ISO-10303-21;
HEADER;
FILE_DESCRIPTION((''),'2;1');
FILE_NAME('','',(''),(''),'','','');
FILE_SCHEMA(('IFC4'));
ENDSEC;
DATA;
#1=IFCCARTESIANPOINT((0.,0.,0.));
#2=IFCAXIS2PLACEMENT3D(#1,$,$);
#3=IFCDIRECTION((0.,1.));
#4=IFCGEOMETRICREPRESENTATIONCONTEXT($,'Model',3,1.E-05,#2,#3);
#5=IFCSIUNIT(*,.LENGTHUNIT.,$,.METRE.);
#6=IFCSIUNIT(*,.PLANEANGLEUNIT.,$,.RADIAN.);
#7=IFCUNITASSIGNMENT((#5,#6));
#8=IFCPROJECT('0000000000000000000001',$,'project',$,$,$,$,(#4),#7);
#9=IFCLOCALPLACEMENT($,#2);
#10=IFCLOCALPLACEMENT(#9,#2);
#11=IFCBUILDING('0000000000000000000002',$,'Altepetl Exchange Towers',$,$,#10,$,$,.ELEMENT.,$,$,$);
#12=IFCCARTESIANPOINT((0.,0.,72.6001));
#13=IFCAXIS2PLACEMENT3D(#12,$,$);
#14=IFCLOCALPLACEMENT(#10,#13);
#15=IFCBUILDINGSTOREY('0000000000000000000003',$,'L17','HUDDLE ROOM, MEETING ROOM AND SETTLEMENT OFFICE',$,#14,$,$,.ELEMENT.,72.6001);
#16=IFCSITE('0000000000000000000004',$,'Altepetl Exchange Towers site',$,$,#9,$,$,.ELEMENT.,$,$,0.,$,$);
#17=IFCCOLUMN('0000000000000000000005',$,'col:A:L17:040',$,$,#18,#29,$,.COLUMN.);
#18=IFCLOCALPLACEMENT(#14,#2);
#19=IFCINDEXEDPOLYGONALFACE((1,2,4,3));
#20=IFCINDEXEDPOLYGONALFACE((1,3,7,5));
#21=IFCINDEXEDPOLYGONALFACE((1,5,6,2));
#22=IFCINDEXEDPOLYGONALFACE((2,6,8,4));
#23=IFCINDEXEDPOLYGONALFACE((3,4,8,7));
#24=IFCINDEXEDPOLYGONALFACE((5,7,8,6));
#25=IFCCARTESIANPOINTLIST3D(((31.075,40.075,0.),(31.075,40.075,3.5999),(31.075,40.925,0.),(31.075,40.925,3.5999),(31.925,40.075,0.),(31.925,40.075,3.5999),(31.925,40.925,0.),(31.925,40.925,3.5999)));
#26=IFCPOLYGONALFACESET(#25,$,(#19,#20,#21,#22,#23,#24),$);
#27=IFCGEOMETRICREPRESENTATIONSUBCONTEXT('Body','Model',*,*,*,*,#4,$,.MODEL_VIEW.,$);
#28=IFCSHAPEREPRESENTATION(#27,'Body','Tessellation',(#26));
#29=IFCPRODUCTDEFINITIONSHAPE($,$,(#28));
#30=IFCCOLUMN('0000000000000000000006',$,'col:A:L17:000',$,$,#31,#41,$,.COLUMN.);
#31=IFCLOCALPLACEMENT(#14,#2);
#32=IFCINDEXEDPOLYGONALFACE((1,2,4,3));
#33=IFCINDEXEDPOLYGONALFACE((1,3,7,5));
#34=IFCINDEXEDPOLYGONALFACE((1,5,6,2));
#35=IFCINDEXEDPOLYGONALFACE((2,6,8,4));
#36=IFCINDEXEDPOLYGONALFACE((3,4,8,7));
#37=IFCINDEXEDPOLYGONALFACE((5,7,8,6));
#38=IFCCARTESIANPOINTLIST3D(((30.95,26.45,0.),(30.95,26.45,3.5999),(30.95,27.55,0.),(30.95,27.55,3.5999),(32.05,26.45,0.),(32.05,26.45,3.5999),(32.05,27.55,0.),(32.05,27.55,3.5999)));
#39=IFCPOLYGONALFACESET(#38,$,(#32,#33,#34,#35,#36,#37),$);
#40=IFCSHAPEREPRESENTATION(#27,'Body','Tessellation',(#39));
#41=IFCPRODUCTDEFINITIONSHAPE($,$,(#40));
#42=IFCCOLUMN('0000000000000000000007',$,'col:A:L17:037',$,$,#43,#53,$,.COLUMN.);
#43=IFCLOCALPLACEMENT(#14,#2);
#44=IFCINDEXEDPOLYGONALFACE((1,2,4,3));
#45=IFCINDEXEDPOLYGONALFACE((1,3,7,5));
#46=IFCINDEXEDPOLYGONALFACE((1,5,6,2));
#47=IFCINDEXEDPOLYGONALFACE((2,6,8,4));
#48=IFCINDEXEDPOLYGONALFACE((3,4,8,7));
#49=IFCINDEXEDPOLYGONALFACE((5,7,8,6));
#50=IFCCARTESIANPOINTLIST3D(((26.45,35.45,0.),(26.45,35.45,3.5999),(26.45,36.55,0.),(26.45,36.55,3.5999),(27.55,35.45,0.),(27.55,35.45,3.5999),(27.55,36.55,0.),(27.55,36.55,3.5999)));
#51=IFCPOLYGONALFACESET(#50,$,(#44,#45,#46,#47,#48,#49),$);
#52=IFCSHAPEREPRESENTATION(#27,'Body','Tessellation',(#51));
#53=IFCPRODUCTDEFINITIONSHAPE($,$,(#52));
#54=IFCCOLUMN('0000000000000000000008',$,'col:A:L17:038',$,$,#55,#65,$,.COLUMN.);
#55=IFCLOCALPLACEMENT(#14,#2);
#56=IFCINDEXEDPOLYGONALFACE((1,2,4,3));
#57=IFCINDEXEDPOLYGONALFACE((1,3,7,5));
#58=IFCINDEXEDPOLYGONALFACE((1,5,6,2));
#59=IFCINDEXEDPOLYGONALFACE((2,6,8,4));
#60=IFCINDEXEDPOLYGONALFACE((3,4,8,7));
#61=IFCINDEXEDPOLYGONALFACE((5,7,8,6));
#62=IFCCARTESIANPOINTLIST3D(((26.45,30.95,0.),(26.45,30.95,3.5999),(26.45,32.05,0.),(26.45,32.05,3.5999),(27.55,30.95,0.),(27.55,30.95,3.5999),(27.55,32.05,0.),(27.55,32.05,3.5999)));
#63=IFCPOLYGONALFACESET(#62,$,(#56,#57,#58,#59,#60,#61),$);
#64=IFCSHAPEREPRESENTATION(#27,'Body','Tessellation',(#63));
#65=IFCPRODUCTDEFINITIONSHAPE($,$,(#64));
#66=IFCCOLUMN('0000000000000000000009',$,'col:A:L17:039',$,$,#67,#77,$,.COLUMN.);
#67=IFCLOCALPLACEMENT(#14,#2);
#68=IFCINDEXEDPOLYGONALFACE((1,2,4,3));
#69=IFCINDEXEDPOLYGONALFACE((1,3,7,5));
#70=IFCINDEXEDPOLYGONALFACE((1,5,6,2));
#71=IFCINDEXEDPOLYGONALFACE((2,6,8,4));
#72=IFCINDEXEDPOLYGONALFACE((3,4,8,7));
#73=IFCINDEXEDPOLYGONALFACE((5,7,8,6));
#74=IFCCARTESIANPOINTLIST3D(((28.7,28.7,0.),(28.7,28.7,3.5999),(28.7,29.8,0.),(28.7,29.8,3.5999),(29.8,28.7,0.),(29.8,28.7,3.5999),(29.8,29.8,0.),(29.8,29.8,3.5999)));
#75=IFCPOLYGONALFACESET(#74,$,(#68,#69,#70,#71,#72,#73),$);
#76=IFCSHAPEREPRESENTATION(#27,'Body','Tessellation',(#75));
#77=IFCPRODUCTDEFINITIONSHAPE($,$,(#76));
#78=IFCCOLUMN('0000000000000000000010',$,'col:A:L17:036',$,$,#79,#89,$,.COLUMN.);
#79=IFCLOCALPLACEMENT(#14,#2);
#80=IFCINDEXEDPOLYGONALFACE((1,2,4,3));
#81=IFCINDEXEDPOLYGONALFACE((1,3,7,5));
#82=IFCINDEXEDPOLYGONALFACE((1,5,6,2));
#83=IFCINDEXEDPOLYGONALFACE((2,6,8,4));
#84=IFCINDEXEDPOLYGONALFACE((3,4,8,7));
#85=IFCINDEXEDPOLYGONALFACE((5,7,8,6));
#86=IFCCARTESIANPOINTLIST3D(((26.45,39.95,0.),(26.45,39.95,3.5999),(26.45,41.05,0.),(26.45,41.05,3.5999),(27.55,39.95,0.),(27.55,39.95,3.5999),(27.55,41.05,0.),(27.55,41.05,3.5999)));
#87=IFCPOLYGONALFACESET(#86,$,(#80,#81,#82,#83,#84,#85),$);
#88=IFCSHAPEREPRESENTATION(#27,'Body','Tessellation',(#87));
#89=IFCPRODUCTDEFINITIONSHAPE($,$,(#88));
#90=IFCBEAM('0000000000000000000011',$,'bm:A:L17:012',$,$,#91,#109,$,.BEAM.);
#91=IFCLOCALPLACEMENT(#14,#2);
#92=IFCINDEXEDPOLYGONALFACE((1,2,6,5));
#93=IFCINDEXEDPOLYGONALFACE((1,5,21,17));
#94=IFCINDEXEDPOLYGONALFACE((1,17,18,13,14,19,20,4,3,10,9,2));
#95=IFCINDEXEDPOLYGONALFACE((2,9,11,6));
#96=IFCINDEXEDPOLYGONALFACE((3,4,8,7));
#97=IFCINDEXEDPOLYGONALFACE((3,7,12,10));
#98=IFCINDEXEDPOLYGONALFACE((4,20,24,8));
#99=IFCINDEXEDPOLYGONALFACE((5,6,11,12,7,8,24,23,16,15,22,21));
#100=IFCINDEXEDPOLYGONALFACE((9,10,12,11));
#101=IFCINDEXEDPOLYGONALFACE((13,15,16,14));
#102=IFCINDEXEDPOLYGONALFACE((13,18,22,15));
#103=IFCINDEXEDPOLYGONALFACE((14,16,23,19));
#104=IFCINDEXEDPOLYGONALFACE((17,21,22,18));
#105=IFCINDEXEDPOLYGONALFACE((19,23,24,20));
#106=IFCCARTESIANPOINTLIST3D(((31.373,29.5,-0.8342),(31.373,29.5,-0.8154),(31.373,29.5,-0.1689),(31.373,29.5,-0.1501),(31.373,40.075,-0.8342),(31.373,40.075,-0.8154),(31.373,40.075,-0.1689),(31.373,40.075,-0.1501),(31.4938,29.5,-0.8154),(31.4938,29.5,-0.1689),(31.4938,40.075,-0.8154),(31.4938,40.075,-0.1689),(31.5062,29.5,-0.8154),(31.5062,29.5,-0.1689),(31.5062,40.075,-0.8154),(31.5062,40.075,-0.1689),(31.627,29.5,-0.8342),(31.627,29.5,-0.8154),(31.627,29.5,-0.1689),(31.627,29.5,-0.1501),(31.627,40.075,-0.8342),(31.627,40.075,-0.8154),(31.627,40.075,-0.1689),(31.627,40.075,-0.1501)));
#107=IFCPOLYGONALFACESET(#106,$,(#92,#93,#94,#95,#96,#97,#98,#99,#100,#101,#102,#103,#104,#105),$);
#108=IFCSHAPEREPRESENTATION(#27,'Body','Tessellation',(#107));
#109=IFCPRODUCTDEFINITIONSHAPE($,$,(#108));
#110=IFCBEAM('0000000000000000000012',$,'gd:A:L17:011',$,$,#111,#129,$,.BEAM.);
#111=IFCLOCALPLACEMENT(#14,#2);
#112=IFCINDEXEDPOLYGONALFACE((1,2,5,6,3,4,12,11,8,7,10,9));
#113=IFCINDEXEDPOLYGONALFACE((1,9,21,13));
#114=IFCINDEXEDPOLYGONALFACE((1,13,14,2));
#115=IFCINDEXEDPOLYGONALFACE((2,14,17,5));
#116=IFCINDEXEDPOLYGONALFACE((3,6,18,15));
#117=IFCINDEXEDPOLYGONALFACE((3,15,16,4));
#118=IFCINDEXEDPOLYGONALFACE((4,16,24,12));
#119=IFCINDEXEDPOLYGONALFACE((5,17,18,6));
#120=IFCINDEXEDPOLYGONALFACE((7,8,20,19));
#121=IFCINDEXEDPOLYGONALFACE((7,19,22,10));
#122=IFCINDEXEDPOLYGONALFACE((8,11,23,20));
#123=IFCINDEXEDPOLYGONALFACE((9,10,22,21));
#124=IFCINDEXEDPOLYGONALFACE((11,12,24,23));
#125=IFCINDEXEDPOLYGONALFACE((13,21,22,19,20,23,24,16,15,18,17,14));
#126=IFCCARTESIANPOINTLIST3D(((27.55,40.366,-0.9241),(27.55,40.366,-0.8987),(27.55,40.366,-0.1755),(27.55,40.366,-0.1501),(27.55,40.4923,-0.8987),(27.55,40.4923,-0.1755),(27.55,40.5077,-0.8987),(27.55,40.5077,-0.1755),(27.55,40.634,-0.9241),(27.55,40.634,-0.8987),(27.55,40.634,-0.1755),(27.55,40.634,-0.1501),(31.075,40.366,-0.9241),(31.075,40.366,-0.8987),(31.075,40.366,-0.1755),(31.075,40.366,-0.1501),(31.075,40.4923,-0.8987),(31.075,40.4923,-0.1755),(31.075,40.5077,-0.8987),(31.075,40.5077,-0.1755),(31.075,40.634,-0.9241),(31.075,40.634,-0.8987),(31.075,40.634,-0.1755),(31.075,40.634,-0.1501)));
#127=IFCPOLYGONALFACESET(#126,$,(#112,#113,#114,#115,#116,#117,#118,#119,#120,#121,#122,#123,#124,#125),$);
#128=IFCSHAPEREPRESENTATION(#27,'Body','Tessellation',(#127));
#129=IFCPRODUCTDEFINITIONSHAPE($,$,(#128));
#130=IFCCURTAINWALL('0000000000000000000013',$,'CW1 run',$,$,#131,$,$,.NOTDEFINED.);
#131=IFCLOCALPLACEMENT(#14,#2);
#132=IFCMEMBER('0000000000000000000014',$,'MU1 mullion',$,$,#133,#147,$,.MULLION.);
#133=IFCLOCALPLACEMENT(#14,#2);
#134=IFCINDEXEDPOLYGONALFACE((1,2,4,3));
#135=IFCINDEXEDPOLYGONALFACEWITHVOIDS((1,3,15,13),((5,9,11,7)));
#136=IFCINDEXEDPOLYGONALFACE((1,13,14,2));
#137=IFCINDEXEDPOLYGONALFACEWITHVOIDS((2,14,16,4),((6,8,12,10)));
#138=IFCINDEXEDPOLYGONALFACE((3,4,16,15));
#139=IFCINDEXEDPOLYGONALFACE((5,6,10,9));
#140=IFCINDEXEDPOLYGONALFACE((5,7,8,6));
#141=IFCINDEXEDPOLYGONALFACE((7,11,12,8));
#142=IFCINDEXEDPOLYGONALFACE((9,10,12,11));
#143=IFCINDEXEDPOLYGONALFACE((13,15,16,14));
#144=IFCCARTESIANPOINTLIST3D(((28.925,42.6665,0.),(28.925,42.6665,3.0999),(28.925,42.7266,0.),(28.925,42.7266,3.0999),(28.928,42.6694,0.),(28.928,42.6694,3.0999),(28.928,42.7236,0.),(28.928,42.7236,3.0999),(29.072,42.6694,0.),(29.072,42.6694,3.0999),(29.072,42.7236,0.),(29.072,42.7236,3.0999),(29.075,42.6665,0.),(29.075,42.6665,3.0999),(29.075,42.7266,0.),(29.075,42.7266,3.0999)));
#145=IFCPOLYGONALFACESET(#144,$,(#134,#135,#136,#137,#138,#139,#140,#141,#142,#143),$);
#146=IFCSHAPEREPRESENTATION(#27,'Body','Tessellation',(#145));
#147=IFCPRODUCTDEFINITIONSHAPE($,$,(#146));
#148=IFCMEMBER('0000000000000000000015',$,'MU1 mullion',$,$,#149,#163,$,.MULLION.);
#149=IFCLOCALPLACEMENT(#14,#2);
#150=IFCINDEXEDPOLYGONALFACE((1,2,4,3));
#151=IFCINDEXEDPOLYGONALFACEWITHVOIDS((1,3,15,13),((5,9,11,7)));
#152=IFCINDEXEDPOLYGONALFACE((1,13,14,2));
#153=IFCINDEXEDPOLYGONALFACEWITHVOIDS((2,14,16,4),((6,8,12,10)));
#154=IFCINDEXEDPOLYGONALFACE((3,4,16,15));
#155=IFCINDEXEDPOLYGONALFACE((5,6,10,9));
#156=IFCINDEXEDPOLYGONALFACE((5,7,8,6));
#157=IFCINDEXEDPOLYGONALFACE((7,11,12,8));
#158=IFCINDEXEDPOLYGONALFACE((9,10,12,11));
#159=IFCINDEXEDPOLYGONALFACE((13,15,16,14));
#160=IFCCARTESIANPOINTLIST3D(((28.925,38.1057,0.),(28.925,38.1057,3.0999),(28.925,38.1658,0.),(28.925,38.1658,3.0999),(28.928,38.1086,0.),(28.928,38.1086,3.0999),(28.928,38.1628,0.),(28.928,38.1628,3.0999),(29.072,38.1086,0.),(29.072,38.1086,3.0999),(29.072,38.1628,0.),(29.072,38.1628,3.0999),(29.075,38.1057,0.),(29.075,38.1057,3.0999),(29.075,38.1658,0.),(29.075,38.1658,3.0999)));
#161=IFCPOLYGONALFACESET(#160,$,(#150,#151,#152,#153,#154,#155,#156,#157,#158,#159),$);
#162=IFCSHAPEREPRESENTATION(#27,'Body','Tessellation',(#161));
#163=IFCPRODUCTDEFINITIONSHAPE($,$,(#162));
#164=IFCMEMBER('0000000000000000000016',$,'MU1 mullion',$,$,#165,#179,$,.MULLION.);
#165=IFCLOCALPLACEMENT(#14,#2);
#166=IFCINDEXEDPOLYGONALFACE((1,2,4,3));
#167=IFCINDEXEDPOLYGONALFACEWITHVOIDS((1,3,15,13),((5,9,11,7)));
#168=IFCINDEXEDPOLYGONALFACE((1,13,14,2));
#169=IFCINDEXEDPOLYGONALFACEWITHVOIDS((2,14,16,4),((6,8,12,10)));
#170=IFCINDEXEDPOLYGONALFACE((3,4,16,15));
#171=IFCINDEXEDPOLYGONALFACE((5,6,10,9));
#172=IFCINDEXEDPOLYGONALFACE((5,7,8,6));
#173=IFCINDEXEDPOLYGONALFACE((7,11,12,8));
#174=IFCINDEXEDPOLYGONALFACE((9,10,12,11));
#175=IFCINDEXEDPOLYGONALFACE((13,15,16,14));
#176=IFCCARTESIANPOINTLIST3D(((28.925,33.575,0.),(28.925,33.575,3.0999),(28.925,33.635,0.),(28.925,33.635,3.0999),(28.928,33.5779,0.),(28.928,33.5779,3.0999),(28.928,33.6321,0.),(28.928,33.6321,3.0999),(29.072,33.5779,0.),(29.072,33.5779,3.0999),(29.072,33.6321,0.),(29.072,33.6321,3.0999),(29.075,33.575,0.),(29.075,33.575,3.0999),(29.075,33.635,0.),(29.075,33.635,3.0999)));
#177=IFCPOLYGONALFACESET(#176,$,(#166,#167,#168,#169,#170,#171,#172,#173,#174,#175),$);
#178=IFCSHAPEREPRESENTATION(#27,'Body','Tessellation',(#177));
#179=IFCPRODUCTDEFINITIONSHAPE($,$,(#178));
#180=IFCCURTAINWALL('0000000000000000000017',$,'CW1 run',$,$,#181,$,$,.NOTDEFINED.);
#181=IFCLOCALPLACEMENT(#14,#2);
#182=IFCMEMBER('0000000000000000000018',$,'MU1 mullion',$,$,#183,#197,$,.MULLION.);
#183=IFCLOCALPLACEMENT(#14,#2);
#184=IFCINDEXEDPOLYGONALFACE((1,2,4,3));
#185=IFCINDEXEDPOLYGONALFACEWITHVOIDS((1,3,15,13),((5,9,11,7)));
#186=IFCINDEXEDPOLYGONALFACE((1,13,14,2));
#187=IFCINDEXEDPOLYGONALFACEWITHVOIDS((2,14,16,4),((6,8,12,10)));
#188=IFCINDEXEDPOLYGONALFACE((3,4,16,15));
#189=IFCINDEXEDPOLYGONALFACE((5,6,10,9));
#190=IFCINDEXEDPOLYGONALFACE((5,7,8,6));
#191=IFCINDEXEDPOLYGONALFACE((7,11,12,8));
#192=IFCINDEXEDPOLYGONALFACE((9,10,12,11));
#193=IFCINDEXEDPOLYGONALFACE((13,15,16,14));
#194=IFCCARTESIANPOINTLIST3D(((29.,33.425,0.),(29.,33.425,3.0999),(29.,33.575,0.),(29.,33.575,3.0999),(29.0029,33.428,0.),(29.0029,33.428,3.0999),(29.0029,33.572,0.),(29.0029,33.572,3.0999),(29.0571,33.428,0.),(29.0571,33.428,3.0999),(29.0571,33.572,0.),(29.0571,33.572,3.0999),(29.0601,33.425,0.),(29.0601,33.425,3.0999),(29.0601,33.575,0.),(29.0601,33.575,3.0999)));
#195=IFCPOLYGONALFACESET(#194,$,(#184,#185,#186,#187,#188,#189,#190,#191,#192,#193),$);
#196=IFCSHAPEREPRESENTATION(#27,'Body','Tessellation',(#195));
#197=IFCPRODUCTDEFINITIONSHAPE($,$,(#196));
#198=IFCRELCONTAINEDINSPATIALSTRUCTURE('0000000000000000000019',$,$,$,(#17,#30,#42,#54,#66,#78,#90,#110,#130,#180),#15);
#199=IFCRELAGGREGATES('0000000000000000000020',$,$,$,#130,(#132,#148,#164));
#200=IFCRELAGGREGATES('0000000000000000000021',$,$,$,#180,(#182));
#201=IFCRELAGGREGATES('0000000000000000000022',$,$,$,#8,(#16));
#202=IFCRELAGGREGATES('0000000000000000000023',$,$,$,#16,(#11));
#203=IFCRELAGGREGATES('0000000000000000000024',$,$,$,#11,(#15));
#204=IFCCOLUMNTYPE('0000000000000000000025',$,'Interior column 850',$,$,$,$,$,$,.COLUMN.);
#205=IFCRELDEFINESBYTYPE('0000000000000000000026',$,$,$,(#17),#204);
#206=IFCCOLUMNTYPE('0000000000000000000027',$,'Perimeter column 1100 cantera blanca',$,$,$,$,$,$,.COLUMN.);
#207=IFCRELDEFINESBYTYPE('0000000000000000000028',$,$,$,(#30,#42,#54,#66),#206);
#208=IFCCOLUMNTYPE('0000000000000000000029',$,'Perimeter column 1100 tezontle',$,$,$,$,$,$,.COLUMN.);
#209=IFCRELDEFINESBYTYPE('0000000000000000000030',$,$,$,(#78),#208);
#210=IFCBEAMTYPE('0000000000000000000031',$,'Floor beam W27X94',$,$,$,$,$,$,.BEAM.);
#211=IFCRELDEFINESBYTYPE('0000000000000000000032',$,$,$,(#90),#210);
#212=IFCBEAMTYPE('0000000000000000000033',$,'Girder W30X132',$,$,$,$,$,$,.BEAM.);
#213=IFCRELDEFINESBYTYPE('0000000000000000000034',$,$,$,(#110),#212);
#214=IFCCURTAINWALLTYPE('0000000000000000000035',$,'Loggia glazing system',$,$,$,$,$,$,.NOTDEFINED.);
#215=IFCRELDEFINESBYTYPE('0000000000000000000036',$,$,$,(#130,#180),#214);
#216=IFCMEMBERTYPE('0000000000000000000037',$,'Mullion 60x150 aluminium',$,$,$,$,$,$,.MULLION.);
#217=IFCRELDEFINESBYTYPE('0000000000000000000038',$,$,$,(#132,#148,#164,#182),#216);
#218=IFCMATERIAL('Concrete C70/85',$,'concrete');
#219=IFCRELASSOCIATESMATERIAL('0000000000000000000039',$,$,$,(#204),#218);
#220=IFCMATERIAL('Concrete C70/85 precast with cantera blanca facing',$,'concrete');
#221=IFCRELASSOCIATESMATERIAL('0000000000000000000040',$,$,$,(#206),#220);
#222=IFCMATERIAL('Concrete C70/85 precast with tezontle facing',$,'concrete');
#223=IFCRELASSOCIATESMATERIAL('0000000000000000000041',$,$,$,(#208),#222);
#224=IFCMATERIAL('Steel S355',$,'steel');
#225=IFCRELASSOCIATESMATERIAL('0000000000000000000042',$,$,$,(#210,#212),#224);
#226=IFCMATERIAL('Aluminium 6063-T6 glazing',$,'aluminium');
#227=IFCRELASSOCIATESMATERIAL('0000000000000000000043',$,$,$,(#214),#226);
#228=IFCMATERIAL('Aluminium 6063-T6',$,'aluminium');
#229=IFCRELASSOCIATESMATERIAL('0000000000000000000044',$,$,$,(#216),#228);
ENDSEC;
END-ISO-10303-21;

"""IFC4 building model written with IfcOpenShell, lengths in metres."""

from ifc_helpers import new_model, si_unit, direction, frame, origin, origin_2d, place, context, subcontext, project, spatial, rectangle, hollow_rectangle, i_section, extrude, material, material_profile, profile_set, type_object, element, aggregate, save


model = new_model("IFC4")

# Units and contexts
model_context = context("Model", 3, precision=1e-05, world=origin(), true_north=direction((0.0, 1.0)))
body_context = subcontext(model_context, "Body", "Model", "MODEL_VIEW")
ifc_project = project(units=[si_unit("LENGTHUNIT", "METRE"), si_unit("PLANEANGLEUNIT", "RADIAN")], contexts=[model_context])

# Site, building, storey
site_placement = place(None, origin())
site = spatial("IfcSite", under=ifc_project, at=site_placement, Name="Altepetl Exchange Towers site", CompositionType="ELEMENT", RefElevation=0.0)
building_placement = place(site_placement, origin())
building = spatial("IfcBuilding", under=site, at=building_placement, Name="Altepetl Exchange Towers", CompositionType="ELEMENT")
storey_placement = place(building_placement, frame((0.0, 0.0, 72.6001)))
storey = spatial("IfcBuildingStorey", under=building, at=storey_placement, Name="L17", Description="HUDDLE ROOM, MEETING ROOM AND SETTLEMENT OFFICE", CompositionType="ELEMENT", Elevation=72.6001)

# Columns
ifc_material_1 = material(Name="Concrete C70/85", Category="concrete")
ifc_material_profile_1 = material_profile(ifc_material_1, rectangle(XDim=0.8501, YDim=0.8501, at=origin_2d()), Name="850 x 850")
ifc_profile_set_1 = profile_set([ifc_material_profile_1], Name="Concrete C70/85")
column_type_1 = type_object("IfcColumnType", Name="Interior column 850", PredefinedType="COLUMN", material=ifc_profile_set_1)
column_1_placement = place(storey_placement, frame((31.5, 40.5, 0.0)))
element("IfcColumn", 1, at=column_1_placement, inside=storey, type_object=column_type_1, Name="col:A:L17:040", PredefinedType="COLUMN", context=body_context, shape_type="SweptSolid", body=[
    extrude(rectangle(XDim=0.8501, YDim=0.8501, at=origin_2d()), origin(), (0.0, 0.0, 1.0), 3.5999),
])
ifc_material_2 = material(Name="Concrete C70/85 precast with cantera blanca facing", Category="concrete")
ifc_material_profile_2 = material_profile(ifc_material_2, rectangle(XDim=1.1001, YDim=1.1001, at=origin_2d()), Name="1100 x 1100")
ifc_profile_set_2 = profile_set([ifc_material_profile_2], Name="Concrete C70/85 precast with cantera blanca facing")
column_type_2 = type_object("IfcColumnType", Name="Perimeter column 1100 cantera blanca", PredefinedType="COLUMN", material=ifc_profile_set_2)
for number, where, name in (
    (2, (31.5, 27.0, 0.0), "col:A:L17:000"),
    (3, (27.0, 36.0, 0.0), "col:A:L17:037"),
    (4, (27.0, 31.5, 0.0), "col:A:L17:038"),
    (5, (29.25, 29.25, 0.0), "col:A:L17:039"),
):
    element("IfcColumn", number, at=place(storey_placement, frame(where)), inside=storey, type_object=column_type_2, Name=name, PredefinedType="COLUMN", context=body_context, shape_type="SweptSolid", body=[
        extrude(rectangle(XDim=1.1001, YDim=1.1001, at=origin_2d()), origin(), (0.0, 0.0, 1.0), 3.5999),
    ])
ifc_material_3 = material(Name="Concrete C70/85 precast with tezontle facing", Category="concrete")
ifc_material_profile_3 = material_profile(ifc_material_3, rectangle(XDim=1.1001, YDim=1.1001, at=origin_2d()), Name="1100 x 1100")
ifc_profile_set_3 = profile_set([ifc_material_profile_3], Name="Concrete C70/85 precast with tezontle facing")
column_type_3 = type_object("IfcColumnType", Name="Perimeter column 1100 tezontle", PredefinedType="COLUMN", material=ifc_profile_set_3)
column_2_placement = place(storey_placement, frame((27.0, 40.5, 0.0)))
element("IfcColumn", 6, at=column_2_placement, inside=storey, type_object=column_type_3, Name="col:A:L17:036", PredefinedType="COLUMN", context=body_context, shape_type="SweptSolid", body=[
    extrude(rectangle(XDim=1.1001, YDim=1.1001, at=origin_2d()), origin(), (0.0, 0.0, 1.0), 3.5999),
])

# Beams
ifc_material_4 = material(Name="Steel S355", Category="steel")
ifc_material_profile_4 = material_profile(ifc_material_4, i_section(OverallWidth=0.2539, OverallDepth=0.6841, WebThickness=0.0125, FlangeThickness=0.0188, at=origin_2d()), Name="W27X94")
ifc_profile_set_4 = profile_set([ifc_material_profile_4], Name="Steel S355")
beam_type_1 = type_object("IfcBeamType", Name="Floor beam W27X94", PredefinedType="BEAM", material=ifc_profile_set_4)
beam_1_placement = place(storey_placement, frame((31.5, 29.5, -0.4922), z_axis=(0.0, 1.0, 0.0), x_axis=(-1.0, 0.0, 0.0)))
element("IfcBeam", 7, at=beam_1_placement, inside=storey, type_object=beam_type_1, Name="bm:A:L17:012", PredefinedType="BEAM", context=body_context, shape_type="SweptSolid", body=[
    extrude(i_section(OverallWidth=0.2539, OverallDepth=0.6841, WebThickness=0.0125, FlangeThickness=0.0188, at=origin_2d()), origin(), (0.0, 0.0, 1.0), 10.575),
])
ifc_material_profile_5 = material_profile(ifc_material_4, i_section(OverallWidth=0.2681, OverallDepth=0.7739, WebThickness=0.0154, FlangeThickness=0.0254, at=origin_2d()), Name="W30X132")
ifc_profile_set_5 = profile_set([ifc_material_profile_5], Name="Steel S355")
beam_type_2 = type_object("IfcBeamType", Name="Girder W30X132", PredefinedType="BEAM", material=ifc_profile_set_5)
beam_2_placement = place(storey_placement, frame((31.075, 40.5, -0.5371), z_axis=(-1.0, 0.0, 0.0), x_axis=(0.0, -1.0, 0.0)))
element("IfcBeam", 8, at=beam_2_placement, inside=storey, type_object=beam_type_2, Name="gd:A:L17:011", PredefinedType="BEAM", context=body_context, shape_type="SweptSolid", body=[
    extrude(i_section(OverallWidth=0.2681, OverallDepth=0.7739, WebThickness=0.0154, FlangeThickness=0.0254, at=origin_2d()), origin(), (0.0, 0.0, 1.0), 3.5249),
])

# Curtain walls, members
ifc_material_5 = material(Name="Aluminium 6063-T6 glazing", Category="aluminium")
curtain_wall_type = type_object("IfcCurtainWallType", Name="Loggia glazing system", PredefinedType="NOTDEFINED", material=ifc_material_5)
curtain_wall_1_placement = place(storey_placement, origin())
curtain_wall_1 = element("IfcCurtainWall", 9, at=curtain_wall_1_placement, inside=storey, type_object=curtain_wall_type, Name="CW1 run", PredefinedType="NOTDEFINED")
ifc_material_6 = material(Name="Aluminium 6063-T6", Category="aluminium")
ifc_material_profile_6 = material_profile(ifc_material_6, hollow_rectangle(XDim=0.0601, YDim=0.1499, WallThickness=0.0029, at=origin_2d()), Name="Mullion 60x150 aluminium")
ifc_profile_set_6 = profile_set([ifc_material_profile_6], Name="Aluminium 6063-T6")
member_type = type_object("IfcMemberType", Name="Mullion 60x150 aluminium", PredefinedType="MULLION", material=ifc_profile_set_6)
member_1_placement = place(storey_placement, frame((29.0, 42.6965, 0.0), z_axis=(0.0, 0.0, 1.0), x_axis=(0.0, -1.0, 0.0)))
member_1 = element("IfcMember", 10, at=member_1_placement, type_object=member_type, Name="MU1 mullion", PredefinedType="MULLION", context=body_context, shape_type="SweptSolid", body=[
    extrude(hollow_rectangle(XDim=0.0601, YDim=0.1499, WallThickness=0.0029, at=origin_2d()), origin(), (0.0, 0.0, 1.0), 3.0999),
])
member_2_placement = place(storey_placement, frame((29.0, 38.1357, 0.0), z_axis=(0.0, 0.0, 1.0), x_axis=(0.0, -1.0, 0.0)))
member_2 = element("IfcMember", 11, at=member_2_placement, type_object=member_type, Name="MU1 mullion", PredefinedType="MULLION", context=body_context, shape_type="SweptSolid", body=[
    extrude(hollow_rectangle(XDim=0.0601, YDim=0.1499, WallThickness=0.0029, at=origin_2d()), origin(), (0.0, 0.0, 1.0), 3.0999),
])
member_3_placement = place(storey_placement, frame((29.0, 33.605, 0.0), z_axis=(0.0, 0.0, 1.0), x_axis=(0.0, -1.0, 0.0)))
member_3 = element("IfcMember", 12, at=member_3_placement, type_object=member_type, Name="MU1 mullion", PredefinedType="MULLION", context=body_context, shape_type="SweptSolid", body=[
    extrude(hollow_rectangle(XDim=0.0601, YDim=0.1499, WallThickness=0.0029, at=origin_2d()), origin(), (0.0, 0.0, 1.0), 3.0999),
])
curtain_wall_2_placement = place(storey_placement, origin())
curtain_wall_2 = element("IfcCurtainWall", 13, at=curtain_wall_2_placement, inside=storey, type_object=curtain_wall_type, Name="CW1 run", PredefinedType="NOTDEFINED")
member_4_placement = place(storey_placement, frame((29.03, 33.5, 0.0)))
member_4 = element("IfcMember", 14, at=member_4_placement, type_object=member_type, Name="MU1 mullion", PredefinedType="MULLION", context=body_context, shape_type="SweptSolid", body=[
    extrude(hollow_rectangle(XDim=0.0601, YDim=0.1499, WallThickness=0.0029, at=origin_2d()), origin(), (0.0, 0.0, 1.0), 3.0999),
])

aggregate(curtain_wall_1, [member_1, member_2, member_3])
aggregate(curtain_wall_2, [member_4])

save(model, "model.ifc")
